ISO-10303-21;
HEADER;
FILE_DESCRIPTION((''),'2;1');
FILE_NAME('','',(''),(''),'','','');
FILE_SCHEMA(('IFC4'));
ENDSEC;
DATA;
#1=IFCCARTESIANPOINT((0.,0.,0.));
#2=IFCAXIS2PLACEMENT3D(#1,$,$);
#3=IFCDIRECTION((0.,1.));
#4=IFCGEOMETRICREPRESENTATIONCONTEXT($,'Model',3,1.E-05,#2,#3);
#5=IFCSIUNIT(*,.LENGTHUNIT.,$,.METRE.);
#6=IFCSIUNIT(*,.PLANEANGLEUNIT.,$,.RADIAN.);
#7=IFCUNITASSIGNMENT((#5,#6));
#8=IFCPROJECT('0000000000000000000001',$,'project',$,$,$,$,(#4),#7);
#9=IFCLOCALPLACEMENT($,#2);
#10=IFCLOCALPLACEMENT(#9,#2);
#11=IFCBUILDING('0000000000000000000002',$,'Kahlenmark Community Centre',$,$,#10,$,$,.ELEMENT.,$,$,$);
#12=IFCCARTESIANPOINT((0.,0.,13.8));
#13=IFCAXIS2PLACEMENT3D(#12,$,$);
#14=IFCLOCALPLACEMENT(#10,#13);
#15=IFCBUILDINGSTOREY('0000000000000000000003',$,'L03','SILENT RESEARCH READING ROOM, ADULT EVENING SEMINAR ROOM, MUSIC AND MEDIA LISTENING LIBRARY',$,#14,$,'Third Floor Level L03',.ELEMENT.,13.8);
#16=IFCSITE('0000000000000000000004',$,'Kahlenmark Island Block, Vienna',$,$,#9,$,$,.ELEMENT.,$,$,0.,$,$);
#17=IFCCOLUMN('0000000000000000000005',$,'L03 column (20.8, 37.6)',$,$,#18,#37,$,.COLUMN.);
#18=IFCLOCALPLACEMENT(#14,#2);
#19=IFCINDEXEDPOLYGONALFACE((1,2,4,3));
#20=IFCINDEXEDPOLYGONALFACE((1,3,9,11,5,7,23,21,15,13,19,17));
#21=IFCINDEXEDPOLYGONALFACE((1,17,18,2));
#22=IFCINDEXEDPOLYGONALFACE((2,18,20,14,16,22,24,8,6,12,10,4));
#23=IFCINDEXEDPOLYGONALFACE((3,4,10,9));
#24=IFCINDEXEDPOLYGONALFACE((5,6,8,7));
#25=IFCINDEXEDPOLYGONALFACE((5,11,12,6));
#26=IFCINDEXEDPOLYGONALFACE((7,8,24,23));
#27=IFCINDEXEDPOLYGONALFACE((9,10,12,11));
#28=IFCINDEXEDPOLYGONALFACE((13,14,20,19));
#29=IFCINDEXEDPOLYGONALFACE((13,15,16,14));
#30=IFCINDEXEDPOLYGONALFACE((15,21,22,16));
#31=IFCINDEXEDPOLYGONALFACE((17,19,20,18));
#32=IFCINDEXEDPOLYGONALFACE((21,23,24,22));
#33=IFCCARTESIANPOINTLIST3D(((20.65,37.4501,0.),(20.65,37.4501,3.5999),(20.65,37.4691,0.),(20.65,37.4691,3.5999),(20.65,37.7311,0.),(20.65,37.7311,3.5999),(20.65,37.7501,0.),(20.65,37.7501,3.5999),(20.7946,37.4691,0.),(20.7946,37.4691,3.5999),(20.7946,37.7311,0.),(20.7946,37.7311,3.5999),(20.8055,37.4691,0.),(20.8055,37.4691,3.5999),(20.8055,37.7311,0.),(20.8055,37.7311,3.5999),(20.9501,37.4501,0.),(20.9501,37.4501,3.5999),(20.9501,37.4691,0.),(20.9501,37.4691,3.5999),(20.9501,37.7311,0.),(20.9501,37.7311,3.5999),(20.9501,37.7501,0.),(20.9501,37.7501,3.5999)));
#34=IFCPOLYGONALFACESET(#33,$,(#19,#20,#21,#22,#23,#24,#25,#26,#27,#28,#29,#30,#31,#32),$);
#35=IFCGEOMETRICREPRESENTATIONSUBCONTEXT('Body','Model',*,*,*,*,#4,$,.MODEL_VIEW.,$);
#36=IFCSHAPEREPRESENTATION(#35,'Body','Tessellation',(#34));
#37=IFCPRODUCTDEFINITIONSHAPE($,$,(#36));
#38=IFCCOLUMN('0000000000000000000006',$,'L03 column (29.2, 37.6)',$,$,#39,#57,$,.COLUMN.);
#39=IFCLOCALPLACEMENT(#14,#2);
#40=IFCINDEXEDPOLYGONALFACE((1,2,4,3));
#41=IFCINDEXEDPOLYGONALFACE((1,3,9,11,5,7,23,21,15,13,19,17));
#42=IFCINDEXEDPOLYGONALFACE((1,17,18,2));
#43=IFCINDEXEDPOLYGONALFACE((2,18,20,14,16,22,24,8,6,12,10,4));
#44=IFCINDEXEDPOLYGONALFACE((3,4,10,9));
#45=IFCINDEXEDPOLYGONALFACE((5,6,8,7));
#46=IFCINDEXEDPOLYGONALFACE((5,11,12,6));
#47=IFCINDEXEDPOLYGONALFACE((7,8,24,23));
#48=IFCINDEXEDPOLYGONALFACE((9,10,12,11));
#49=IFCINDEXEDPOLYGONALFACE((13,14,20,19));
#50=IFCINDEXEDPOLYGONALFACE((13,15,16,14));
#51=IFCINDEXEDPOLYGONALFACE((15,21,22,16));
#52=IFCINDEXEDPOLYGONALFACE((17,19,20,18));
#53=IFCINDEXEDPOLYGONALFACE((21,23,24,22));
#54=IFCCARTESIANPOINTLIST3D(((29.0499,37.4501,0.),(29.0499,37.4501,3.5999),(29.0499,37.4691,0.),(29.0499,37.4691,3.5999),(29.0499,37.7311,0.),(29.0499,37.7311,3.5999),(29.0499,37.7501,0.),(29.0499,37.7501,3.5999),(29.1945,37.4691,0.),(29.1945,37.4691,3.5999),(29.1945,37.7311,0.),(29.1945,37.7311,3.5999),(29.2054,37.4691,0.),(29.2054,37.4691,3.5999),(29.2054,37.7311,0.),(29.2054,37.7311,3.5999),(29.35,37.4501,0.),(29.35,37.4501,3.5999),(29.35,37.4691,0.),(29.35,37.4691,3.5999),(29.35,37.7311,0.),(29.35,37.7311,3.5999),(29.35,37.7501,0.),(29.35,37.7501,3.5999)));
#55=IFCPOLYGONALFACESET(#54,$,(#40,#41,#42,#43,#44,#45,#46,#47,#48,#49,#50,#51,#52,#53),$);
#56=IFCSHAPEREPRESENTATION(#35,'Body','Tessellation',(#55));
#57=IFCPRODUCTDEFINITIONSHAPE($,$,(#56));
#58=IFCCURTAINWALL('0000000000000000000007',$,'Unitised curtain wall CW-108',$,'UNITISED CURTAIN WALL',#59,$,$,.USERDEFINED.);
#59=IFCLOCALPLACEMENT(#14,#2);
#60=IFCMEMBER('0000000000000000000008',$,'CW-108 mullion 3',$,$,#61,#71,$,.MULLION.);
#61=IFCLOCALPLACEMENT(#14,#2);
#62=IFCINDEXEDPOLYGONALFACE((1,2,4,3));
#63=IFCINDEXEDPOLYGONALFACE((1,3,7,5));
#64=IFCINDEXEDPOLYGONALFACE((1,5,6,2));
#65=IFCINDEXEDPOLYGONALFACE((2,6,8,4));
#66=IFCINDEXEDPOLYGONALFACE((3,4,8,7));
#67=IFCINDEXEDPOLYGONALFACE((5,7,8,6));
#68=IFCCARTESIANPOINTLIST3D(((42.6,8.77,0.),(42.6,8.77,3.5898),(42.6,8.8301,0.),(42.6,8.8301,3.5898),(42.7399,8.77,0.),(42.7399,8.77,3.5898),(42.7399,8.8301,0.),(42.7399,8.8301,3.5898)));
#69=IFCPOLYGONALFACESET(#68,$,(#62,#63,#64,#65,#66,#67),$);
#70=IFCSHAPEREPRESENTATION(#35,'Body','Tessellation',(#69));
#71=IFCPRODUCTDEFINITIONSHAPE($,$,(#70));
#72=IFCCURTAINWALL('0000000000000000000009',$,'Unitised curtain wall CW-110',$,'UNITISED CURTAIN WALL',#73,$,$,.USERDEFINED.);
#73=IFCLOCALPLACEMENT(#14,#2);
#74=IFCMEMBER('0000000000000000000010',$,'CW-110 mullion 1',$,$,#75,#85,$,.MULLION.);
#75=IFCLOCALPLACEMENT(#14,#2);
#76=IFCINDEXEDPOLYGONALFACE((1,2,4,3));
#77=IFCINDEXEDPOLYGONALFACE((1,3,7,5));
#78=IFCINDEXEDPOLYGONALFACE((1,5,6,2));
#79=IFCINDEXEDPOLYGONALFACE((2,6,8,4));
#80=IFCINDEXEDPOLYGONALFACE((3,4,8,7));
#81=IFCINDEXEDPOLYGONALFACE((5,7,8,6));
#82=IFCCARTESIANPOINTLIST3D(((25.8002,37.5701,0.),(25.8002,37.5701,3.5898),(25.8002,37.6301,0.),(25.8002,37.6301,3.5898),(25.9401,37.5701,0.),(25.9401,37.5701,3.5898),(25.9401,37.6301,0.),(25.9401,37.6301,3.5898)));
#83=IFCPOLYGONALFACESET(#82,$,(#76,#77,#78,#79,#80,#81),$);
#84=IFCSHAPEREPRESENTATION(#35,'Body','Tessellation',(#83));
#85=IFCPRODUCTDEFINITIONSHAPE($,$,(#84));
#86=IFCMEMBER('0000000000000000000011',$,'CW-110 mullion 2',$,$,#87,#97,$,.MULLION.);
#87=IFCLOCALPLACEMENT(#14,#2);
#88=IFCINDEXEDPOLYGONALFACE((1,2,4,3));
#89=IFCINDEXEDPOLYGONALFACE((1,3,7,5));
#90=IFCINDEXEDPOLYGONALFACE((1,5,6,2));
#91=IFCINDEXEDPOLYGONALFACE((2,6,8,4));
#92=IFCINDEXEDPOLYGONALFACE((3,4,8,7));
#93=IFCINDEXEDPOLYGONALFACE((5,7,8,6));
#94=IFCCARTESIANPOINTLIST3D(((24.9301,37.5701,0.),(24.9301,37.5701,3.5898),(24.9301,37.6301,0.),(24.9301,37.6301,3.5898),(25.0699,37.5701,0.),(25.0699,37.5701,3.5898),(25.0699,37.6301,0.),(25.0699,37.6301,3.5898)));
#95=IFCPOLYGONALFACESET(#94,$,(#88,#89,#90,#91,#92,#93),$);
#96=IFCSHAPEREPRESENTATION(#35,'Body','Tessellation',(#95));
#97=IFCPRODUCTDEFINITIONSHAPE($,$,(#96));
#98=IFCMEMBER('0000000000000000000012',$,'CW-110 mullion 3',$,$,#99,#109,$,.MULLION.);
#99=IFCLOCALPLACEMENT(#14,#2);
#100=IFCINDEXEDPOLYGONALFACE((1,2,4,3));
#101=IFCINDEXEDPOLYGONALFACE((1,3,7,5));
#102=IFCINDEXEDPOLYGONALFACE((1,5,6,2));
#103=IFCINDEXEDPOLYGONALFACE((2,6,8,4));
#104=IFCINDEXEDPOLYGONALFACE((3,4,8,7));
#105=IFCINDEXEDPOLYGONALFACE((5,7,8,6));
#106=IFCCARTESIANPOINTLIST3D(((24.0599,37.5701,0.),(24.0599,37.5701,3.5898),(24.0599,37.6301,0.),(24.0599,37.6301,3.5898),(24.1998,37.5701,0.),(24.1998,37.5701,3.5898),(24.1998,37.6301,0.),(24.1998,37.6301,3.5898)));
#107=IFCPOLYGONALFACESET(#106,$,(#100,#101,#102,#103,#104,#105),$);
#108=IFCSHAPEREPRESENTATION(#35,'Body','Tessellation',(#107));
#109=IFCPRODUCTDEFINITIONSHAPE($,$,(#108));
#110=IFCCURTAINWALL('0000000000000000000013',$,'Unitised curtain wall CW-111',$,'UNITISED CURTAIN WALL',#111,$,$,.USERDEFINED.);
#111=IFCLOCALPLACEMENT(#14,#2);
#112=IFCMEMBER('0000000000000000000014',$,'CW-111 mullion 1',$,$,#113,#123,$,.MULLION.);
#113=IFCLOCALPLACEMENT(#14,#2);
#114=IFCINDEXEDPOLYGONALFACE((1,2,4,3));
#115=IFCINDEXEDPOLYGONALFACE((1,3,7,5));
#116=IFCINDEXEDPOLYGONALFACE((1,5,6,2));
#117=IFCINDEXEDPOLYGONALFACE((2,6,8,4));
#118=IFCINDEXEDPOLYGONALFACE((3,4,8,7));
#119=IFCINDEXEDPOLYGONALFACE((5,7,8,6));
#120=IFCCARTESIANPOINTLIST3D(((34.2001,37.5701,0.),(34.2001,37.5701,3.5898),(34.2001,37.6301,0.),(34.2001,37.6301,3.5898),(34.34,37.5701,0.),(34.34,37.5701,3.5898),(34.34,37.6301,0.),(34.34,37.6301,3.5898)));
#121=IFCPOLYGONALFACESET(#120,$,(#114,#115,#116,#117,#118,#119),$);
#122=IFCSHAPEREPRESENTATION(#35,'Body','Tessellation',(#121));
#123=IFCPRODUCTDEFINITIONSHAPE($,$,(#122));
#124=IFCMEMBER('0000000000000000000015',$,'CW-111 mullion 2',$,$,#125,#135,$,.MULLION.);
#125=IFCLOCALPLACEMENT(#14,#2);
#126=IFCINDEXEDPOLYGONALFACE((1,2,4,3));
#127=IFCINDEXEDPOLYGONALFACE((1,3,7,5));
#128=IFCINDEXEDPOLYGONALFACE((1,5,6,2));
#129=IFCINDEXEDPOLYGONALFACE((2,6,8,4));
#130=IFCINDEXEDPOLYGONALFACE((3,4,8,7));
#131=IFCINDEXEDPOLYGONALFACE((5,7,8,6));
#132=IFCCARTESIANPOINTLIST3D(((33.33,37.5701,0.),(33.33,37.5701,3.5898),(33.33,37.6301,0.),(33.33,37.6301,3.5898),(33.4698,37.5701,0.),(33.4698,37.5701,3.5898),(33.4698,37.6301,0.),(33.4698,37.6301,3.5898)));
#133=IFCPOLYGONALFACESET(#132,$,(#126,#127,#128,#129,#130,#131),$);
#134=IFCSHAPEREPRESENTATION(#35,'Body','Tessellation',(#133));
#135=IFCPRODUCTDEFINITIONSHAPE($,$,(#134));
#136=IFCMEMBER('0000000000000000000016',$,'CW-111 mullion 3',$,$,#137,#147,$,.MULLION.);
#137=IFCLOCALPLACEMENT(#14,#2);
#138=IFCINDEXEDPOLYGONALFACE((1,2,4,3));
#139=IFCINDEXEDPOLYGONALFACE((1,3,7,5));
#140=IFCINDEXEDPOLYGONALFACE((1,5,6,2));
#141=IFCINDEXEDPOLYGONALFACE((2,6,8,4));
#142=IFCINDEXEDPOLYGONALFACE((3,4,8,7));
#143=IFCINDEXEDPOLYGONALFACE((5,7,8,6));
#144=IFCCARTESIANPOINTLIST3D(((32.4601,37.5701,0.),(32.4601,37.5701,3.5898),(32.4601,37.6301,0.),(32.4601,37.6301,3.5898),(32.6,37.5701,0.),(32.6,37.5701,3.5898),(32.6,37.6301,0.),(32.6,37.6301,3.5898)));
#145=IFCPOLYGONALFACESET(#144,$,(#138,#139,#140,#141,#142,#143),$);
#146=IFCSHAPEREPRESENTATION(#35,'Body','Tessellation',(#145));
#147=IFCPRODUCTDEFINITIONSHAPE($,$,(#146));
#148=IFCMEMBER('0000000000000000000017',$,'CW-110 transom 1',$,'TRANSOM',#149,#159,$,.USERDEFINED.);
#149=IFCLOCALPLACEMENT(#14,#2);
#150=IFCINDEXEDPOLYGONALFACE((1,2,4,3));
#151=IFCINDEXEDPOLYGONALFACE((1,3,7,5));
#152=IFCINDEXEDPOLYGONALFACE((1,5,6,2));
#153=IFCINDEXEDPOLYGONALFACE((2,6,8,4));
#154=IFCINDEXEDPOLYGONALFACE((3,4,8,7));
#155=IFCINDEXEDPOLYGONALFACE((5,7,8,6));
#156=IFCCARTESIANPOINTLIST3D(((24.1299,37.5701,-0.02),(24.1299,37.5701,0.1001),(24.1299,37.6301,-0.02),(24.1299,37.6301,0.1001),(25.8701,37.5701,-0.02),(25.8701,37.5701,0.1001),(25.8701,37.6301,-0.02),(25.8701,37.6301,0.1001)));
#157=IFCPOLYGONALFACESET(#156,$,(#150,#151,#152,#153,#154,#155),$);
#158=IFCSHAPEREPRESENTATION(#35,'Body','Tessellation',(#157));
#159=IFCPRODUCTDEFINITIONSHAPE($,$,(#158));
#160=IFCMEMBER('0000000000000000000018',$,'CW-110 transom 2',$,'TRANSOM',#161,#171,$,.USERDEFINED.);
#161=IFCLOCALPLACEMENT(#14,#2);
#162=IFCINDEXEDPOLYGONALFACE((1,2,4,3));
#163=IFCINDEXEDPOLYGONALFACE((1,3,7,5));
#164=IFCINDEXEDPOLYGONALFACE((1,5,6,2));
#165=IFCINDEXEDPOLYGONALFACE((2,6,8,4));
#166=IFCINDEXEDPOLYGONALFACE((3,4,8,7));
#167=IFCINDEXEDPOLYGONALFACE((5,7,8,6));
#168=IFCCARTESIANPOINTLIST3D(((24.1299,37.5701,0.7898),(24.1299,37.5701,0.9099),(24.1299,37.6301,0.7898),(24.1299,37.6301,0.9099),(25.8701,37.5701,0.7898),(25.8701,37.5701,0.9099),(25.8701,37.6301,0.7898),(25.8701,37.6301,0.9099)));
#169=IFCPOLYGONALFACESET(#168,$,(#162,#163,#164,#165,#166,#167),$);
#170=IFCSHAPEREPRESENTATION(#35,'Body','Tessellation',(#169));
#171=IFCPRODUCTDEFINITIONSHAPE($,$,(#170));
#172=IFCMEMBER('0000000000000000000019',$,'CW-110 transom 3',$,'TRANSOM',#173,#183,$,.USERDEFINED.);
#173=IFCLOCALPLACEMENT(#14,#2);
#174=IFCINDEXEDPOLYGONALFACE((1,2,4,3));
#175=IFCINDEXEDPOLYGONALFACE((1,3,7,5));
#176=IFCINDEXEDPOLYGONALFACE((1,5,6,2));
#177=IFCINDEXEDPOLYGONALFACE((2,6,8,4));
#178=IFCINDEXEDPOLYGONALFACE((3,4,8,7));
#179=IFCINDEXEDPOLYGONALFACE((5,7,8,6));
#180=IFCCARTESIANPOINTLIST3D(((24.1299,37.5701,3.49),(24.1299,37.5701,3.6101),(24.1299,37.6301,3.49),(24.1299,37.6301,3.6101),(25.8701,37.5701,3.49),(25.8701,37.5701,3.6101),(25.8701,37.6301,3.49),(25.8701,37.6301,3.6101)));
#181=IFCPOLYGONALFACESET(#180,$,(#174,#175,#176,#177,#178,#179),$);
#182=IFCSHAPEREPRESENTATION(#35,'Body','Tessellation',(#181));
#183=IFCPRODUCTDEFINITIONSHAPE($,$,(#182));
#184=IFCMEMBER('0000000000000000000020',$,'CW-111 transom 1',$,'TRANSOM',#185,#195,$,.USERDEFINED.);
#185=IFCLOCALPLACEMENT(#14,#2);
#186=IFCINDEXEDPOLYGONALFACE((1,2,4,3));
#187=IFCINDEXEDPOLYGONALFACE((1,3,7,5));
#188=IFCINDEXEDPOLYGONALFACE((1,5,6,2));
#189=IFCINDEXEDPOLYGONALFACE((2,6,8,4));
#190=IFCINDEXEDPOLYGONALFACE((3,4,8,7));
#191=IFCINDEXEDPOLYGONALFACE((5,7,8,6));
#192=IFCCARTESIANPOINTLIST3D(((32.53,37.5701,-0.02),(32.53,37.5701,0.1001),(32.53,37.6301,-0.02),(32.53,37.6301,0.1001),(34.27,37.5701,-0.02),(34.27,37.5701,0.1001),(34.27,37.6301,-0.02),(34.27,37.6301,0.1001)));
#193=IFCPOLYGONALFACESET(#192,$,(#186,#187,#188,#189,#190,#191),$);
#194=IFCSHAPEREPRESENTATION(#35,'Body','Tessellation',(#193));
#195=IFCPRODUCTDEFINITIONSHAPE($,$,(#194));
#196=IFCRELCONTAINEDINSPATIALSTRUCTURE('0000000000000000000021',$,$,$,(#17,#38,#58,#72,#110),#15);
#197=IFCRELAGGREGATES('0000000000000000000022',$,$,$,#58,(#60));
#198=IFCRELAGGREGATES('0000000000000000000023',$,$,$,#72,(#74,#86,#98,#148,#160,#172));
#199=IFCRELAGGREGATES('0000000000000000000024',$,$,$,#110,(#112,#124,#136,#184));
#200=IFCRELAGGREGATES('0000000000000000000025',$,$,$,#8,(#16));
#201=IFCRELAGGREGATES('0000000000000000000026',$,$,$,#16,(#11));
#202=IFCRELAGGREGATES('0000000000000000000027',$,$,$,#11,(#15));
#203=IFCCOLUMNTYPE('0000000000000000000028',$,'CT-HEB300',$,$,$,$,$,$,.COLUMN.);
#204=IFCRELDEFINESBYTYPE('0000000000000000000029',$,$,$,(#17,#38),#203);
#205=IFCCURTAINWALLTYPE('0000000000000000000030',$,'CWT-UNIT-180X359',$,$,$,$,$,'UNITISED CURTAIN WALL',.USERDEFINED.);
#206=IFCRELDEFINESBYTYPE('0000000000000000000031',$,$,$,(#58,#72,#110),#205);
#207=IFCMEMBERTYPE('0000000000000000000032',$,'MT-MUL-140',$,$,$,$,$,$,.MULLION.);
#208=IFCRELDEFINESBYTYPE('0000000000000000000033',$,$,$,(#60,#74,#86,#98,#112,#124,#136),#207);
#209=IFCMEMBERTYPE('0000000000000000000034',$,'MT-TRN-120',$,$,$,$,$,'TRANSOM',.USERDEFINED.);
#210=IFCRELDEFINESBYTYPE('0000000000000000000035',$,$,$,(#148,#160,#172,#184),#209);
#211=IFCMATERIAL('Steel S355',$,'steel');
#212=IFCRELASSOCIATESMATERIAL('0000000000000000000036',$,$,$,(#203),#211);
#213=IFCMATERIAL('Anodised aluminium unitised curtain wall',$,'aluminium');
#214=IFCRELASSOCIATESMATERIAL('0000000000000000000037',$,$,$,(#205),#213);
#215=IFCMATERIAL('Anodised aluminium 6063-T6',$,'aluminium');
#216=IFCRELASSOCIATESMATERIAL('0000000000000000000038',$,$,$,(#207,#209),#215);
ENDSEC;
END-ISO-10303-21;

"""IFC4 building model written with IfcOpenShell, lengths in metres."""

from ifc_helpers import new_model, si_unit, direction, frame, origin, origin_2d, place, context, subcontext, project, spatial, rectangle, i_section, extrude, material, material_profile, profile_set, type_object, element, aggregate, save


model = new_model("IFC4")

# Units and contexts
model_context = context("Model", 3, precision=1e-05, world=origin(), true_north=direction((0.0, 1.0)))
body_context = subcontext(model_context, "Body", "Model", "MODEL_VIEW")
ifc_project = project(units=[si_unit("LENGTHUNIT", "METRE"), si_unit("PLANEANGLEUNIT", "RADIAN")], contexts=[model_context])

# Site, building, storey
site_placement = place(None, origin())
site = spatial("IfcSite", under=ifc_project, at=site_placement, Name="Kahlenmark Island Block, Vienna", CompositionType="ELEMENT", RefElevation=0.0)
building_placement = place(site_placement, origin())
building = spatial("IfcBuilding", under=site, at=building_placement, Name="Kahlenmark Community Centre", CompositionType="ELEMENT")
storey_placement = place(building_placement, frame((0.0, 0.0, 13.8)))
storey = spatial("IfcBuildingStorey", under=building, at=storey_placement, Name="L03", Description="SILENT RESEARCH READING ROOM, ADULT EVENING SEMINAR ROOM, MUSIC AND MEDIA LISTENING LIBRARY", LongName="Third Floor Level L03", CompositionType="ELEMENT", Elevation=13.8)

# Columns
ifc_material_1 = material(Name="Steel S355", Category="steel")
ifc_material_profile_1 = material_profile(ifc_material_1, i_section(OverallWidth=0.3, OverallDepth=0.3, WebThickness=0.011, FlangeThickness=0.019, at=origin_2d()), Name="HEB 300")
ifc_profile_set_1 = profile_set([ifc_material_profile_1], Name="Steel S355")
column_type = type_object("IfcColumnType", Name="CT-HEB300", PredefinedType="COLUMN", material=ifc_profile_set_1)
for number, where, z_axis, x_axis, name in (
    (1, (20.8, 37.6001, 0.0), (0.0, 0.0, 1.0), (1.0, 0.0, 0.0), "L03 column (20.8, 37.6)"),
    (2, (29.2, 37.6001, 0.0), (0.0, 0.0, 1.0), (1.0, 0.0, 0.0), "L03 column (29.2, 37.6)"),
):
    element("IfcColumn", number, at=place(storey_placement, frame(where, z_axis=z_axis, x_axis=x_axis)), inside=storey, type_object=column_type, Name=name, PredefinedType="COLUMN", context=body_context, shape_type="SweptSolid", body=[
        extrude(i_section(OverallWidth=0.3, OverallDepth=0.3, WebThickness=0.011, FlangeThickness=0.019, at=origin_2d()), origin(), (0.0, 0.0, 1.0), 3.5999),
    ])

# Curtain wall, member
ifc_material_2 = material(Name="Anodised aluminium unitised curtain wall", Category="aluminium")
curtain_wall_type = type_object("IfcCurtainWallType", Name="CWT-UNIT-180X359", ElementType="UNITISED CURTAIN WALL", PredefinedType="USERDEFINED", material=ifc_material_2)
curtain_wall_1_placement = place(storey_placement, origin())
curtain_wall_1 = element("IfcCurtainWall", 3, at=curtain_wall_1_placement, inside=storey, type_object=curtain_wall_type, Name="Unitised curtain wall CW-108", ObjectType="UNITISED CURTAIN WALL", PredefinedType="USERDEFINED")
ifc_material_3 = material(Name="Anodised aluminium 6063-T6", Category="aluminium")
ifc_material_profile_2 = material_profile(ifc_material_3, rectangle(XDim=0.0601, YDim=0.1399, at=origin_2d()), Name="ALU MULLION 60x140")
ifc_profile_set_2 = profile_set([ifc_material_profile_2], Name="Anodised aluminium 6063-T6")
member_type_1 = type_object("IfcMemberType", Name="MT-MUL-140", PredefinedType="MULLION", material=ifc_profile_set_2)
member_1_placement = place(storey_placement, frame((42.6699, 8.8, 0.0), z_axis=(0.0, 0.0, 1.0), x_axis=(0.0, 1.0, 0.0)))
member_1 = element("IfcMember", 4, at=member_1_placement, type_object=member_type_1, Name="CW-108 mullion 3", PredefinedType="MULLION", context=body_context, shape_type="SweptSolid", body=[
    extrude(rectangle(XDim=0.0601, YDim=0.1399, at=origin_2d()), origin(), (0.0, 0.0, 1.0), 3.5898),
])
aggregate(curtain_wall_1, [member_1])

# Curtain walls, members
curtain_wall_2_placement = place(storey_placement, origin())
curtain_wall_2 = element("IfcCurtainWall", 5, at=curtain_wall_2_placement, inside=storey, type_object=curtain_wall_type, Name="Unitised curtain wall CW-110", ObjectType="UNITISED CURTAIN WALL", PredefinedType="USERDEFINED")
member_2_placement = place(storey_placement, frame((25.8701, 37.6001, 0.0), z_axis=(0.0, 0.0, 1.0), x_axis=(0.0, -1.0, 0.0)))
member_2 = element("IfcMember", 6, at=member_2_placement, type_object=member_type_1, Name="CW-110 mullion 1", PredefinedType="MULLION", context=body_context, shape_type="SweptSolid", body=[
    extrude(rectangle(XDim=0.0601, YDim=0.1399, at=origin_2d()), origin(), (0.0, 0.0, 1.0), 3.5898),
])
member_3_placement = place(storey_placement, frame((25.0, 37.6001, 0.0), z_axis=(0.0, 0.0, 1.0), x_axis=(0.0, -1.0, 0.0)))
member_3 = element("IfcMember", 7, at=member_3_placement, type_object=member_type_1, Name="CW-110 mullion 2", PredefinedType="MULLION", context=body_context, shape_type="SweptSolid", body=[
    extrude(rectangle(XDim=0.0601, YDim=0.1399, at=origin_2d()), origin(), (0.0, 0.0, 1.0), 3.5898),
])
member_4_placement = place(storey_placement, frame((24.1299, 37.6001, 0.0), z_axis=(0.0, 0.0, 1.0), x_axis=(0.0, -1.0, 0.0)))
member_4 = element("IfcMember", 8, at=member_4_placement, type_object=member_type_1, Name="CW-110 mullion 3", PredefinedType="MULLION", context=body_context, shape_type="SweptSolid", body=[
    extrude(rectangle(XDim=0.0601, YDim=0.1399, at=origin_2d()), origin(), (0.0, 0.0, 1.0), 3.5898),
])
curtain_wall_3_placement = place(storey_placement, origin())
curtain_wall_3 = element("IfcCurtainWall", 9, at=curtain_wall_3_placement, inside=storey, type_object=curtain_wall_type, Name="Unitised curtain wall CW-111", ObjectType="UNITISED CURTAIN WALL", PredefinedType="USERDEFINED")
member_5_placement = place(storey_placement, frame((34.27, 37.6001, 0.0), z_axis=(0.0, 0.0, 1.0), x_axis=(0.0, -1.0, 0.0)))
member_5 = element("IfcMember", 10, at=member_5_placement, type_object=member_type_1, Name="CW-111 mullion 1", PredefinedType="MULLION", context=body_context, shape_type="SweptSolid", body=[
    extrude(rectangle(XDim=0.0601, YDim=0.1399, at=origin_2d()), origin(), (0.0, 0.0, 1.0), 3.5898),
])
member_6_placement = place(storey_placement, frame((33.3999, 37.6001, 0.0), z_axis=(0.0, 0.0, 1.0), x_axis=(0.0, -1.0, 0.0)))
member_6 = element("IfcMember", 11, at=member_6_placement, type_object=member_type_1, Name="CW-111 mullion 2", PredefinedType="MULLION", context=body_context, shape_type="SweptSolid", body=[
    extrude(rectangle(XDim=0.0601, YDim=0.1399, at=origin_2d()), origin(), (0.0, 0.0, 1.0), 3.5898),
])
member_7_placement = place(storey_placement, frame((32.53, 37.6001, 0.0), z_axis=(0.0, 0.0, 1.0), x_axis=(0.0, -1.0, 0.0)))
member_7 = element("IfcMember", 12, at=member_7_placement, type_object=member_type_1, Name="CW-111 mullion 3", PredefinedType="MULLION", context=body_context, shape_type="SweptSolid", body=[
    extrude(rectangle(XDim=0.0601, YDim=0.1399, at=origin_2d()), origin(), (0.0, 0.0, 1.0), 3.5898),
])

# Members
ifc_material_profile_3 = material_profile(ifc_material_3, rectangle(XDim=0.0601, YDim=0.1201, at=origin_2d()), Name="ALU TRANSOM 60x120")
ifc_profile_set_3 = profile_set([ifc_material_profile_3], Name="Anodised aluminium 6063-T6")
member_type_2 = type_object("IfcMemberType", Name="MT-TRN-120", ElementType="TRANSOM", PredefinedType="USERDEFINED", material=ifc_profile_set_3)
member_8_placement = place(storey_placement, frame((25.8701, 37.6001, 0.04), z_axis=(-1.0, 0.0, 0.0), x_axis=(0.0, -1.0, 0.0)))
member_8 = element("IfcMember", 13, at=member_8_placement, type_object=member_type_2, Name="CW-110 transom 1", ObjectType="TRANSOM", PredefinedType="USERDEFINED", context=body_context, shape_type="SweptSolid", body=[
    extrude(rectangle(XDim=0.0601, YDim=0.1201, at=origin_2d()), origin(), (0.0, 0.0, 1.0), 1.7402),
])
member_9_placement = place(storey_placement, frame((25.8701, 37.6001, 0.8499), z_axis=(-1.0, 0.0, 0.0), x_axis=(0.0, -1.0, 0.0)))
member_9 = element("IfcMember", 14, at=member_9_placement, type_object=member_type_2, Name="CW-110 transom 2", ObjectType="TRANSOM", PredefinedType="USERDEFINED", context=body_context, shape_type="SweptSolid", body=[
    extrude(rectangle(XDim=0.0601, YDim=0.1201, at=origin_2d()), origin(), (0.0, 0.0, 1.0), 1.7402),
])
member_10_placement = place(storey_placement, frame((25.8701, 37.6001, 3.55), z_axis=(-1.0, 0.0, 0.0), x_axis=(0.0, -1.0, 0.0)))
member_10 = element("IfcMember", 15, at=member_10_placement, type_object=member_type_2, Name="CW-110 transom 3", ObjectType="TRANSOM", PredefinedType="USERDEFINED", context=body_context, shape_type="SweptSolid", body=[
    extrude(rectangle(XDim=0.0601, YDim=0.1201, at=origin_2d()), origin(), (0.0, 0.0, 1.0), 1.7402),
])
member_11_placement = place(storey_placement, frame((34.27, 37.6001, 0.04), z_axis=(-1.0, 0.0, 0.0), x_axis=(0.0, -1.0, 0.0)))
member_11 = element("IfcMember", 16, at=member_11_placement, type_object=member_type_2, Name="CW-111 transom 1", ObjectType="TRANSOM", PredefinedType="USERDEFINED", context=body_context, shape_type="SweptSolid", body=[
    extrude(rectangle(XDim=0.0601, YDim=0.1201, at=origin_2d()), origin(), (0.0, 0.0, 1.0), 1.74),
])

aggregate(curtain_wall_2, [member_2, member_3, member_4, member_8, member_9, member_10])
aggregate(curtain_wall_3, [member_5, member_6, member_7, member_11])

save(model, "model.ifc")
